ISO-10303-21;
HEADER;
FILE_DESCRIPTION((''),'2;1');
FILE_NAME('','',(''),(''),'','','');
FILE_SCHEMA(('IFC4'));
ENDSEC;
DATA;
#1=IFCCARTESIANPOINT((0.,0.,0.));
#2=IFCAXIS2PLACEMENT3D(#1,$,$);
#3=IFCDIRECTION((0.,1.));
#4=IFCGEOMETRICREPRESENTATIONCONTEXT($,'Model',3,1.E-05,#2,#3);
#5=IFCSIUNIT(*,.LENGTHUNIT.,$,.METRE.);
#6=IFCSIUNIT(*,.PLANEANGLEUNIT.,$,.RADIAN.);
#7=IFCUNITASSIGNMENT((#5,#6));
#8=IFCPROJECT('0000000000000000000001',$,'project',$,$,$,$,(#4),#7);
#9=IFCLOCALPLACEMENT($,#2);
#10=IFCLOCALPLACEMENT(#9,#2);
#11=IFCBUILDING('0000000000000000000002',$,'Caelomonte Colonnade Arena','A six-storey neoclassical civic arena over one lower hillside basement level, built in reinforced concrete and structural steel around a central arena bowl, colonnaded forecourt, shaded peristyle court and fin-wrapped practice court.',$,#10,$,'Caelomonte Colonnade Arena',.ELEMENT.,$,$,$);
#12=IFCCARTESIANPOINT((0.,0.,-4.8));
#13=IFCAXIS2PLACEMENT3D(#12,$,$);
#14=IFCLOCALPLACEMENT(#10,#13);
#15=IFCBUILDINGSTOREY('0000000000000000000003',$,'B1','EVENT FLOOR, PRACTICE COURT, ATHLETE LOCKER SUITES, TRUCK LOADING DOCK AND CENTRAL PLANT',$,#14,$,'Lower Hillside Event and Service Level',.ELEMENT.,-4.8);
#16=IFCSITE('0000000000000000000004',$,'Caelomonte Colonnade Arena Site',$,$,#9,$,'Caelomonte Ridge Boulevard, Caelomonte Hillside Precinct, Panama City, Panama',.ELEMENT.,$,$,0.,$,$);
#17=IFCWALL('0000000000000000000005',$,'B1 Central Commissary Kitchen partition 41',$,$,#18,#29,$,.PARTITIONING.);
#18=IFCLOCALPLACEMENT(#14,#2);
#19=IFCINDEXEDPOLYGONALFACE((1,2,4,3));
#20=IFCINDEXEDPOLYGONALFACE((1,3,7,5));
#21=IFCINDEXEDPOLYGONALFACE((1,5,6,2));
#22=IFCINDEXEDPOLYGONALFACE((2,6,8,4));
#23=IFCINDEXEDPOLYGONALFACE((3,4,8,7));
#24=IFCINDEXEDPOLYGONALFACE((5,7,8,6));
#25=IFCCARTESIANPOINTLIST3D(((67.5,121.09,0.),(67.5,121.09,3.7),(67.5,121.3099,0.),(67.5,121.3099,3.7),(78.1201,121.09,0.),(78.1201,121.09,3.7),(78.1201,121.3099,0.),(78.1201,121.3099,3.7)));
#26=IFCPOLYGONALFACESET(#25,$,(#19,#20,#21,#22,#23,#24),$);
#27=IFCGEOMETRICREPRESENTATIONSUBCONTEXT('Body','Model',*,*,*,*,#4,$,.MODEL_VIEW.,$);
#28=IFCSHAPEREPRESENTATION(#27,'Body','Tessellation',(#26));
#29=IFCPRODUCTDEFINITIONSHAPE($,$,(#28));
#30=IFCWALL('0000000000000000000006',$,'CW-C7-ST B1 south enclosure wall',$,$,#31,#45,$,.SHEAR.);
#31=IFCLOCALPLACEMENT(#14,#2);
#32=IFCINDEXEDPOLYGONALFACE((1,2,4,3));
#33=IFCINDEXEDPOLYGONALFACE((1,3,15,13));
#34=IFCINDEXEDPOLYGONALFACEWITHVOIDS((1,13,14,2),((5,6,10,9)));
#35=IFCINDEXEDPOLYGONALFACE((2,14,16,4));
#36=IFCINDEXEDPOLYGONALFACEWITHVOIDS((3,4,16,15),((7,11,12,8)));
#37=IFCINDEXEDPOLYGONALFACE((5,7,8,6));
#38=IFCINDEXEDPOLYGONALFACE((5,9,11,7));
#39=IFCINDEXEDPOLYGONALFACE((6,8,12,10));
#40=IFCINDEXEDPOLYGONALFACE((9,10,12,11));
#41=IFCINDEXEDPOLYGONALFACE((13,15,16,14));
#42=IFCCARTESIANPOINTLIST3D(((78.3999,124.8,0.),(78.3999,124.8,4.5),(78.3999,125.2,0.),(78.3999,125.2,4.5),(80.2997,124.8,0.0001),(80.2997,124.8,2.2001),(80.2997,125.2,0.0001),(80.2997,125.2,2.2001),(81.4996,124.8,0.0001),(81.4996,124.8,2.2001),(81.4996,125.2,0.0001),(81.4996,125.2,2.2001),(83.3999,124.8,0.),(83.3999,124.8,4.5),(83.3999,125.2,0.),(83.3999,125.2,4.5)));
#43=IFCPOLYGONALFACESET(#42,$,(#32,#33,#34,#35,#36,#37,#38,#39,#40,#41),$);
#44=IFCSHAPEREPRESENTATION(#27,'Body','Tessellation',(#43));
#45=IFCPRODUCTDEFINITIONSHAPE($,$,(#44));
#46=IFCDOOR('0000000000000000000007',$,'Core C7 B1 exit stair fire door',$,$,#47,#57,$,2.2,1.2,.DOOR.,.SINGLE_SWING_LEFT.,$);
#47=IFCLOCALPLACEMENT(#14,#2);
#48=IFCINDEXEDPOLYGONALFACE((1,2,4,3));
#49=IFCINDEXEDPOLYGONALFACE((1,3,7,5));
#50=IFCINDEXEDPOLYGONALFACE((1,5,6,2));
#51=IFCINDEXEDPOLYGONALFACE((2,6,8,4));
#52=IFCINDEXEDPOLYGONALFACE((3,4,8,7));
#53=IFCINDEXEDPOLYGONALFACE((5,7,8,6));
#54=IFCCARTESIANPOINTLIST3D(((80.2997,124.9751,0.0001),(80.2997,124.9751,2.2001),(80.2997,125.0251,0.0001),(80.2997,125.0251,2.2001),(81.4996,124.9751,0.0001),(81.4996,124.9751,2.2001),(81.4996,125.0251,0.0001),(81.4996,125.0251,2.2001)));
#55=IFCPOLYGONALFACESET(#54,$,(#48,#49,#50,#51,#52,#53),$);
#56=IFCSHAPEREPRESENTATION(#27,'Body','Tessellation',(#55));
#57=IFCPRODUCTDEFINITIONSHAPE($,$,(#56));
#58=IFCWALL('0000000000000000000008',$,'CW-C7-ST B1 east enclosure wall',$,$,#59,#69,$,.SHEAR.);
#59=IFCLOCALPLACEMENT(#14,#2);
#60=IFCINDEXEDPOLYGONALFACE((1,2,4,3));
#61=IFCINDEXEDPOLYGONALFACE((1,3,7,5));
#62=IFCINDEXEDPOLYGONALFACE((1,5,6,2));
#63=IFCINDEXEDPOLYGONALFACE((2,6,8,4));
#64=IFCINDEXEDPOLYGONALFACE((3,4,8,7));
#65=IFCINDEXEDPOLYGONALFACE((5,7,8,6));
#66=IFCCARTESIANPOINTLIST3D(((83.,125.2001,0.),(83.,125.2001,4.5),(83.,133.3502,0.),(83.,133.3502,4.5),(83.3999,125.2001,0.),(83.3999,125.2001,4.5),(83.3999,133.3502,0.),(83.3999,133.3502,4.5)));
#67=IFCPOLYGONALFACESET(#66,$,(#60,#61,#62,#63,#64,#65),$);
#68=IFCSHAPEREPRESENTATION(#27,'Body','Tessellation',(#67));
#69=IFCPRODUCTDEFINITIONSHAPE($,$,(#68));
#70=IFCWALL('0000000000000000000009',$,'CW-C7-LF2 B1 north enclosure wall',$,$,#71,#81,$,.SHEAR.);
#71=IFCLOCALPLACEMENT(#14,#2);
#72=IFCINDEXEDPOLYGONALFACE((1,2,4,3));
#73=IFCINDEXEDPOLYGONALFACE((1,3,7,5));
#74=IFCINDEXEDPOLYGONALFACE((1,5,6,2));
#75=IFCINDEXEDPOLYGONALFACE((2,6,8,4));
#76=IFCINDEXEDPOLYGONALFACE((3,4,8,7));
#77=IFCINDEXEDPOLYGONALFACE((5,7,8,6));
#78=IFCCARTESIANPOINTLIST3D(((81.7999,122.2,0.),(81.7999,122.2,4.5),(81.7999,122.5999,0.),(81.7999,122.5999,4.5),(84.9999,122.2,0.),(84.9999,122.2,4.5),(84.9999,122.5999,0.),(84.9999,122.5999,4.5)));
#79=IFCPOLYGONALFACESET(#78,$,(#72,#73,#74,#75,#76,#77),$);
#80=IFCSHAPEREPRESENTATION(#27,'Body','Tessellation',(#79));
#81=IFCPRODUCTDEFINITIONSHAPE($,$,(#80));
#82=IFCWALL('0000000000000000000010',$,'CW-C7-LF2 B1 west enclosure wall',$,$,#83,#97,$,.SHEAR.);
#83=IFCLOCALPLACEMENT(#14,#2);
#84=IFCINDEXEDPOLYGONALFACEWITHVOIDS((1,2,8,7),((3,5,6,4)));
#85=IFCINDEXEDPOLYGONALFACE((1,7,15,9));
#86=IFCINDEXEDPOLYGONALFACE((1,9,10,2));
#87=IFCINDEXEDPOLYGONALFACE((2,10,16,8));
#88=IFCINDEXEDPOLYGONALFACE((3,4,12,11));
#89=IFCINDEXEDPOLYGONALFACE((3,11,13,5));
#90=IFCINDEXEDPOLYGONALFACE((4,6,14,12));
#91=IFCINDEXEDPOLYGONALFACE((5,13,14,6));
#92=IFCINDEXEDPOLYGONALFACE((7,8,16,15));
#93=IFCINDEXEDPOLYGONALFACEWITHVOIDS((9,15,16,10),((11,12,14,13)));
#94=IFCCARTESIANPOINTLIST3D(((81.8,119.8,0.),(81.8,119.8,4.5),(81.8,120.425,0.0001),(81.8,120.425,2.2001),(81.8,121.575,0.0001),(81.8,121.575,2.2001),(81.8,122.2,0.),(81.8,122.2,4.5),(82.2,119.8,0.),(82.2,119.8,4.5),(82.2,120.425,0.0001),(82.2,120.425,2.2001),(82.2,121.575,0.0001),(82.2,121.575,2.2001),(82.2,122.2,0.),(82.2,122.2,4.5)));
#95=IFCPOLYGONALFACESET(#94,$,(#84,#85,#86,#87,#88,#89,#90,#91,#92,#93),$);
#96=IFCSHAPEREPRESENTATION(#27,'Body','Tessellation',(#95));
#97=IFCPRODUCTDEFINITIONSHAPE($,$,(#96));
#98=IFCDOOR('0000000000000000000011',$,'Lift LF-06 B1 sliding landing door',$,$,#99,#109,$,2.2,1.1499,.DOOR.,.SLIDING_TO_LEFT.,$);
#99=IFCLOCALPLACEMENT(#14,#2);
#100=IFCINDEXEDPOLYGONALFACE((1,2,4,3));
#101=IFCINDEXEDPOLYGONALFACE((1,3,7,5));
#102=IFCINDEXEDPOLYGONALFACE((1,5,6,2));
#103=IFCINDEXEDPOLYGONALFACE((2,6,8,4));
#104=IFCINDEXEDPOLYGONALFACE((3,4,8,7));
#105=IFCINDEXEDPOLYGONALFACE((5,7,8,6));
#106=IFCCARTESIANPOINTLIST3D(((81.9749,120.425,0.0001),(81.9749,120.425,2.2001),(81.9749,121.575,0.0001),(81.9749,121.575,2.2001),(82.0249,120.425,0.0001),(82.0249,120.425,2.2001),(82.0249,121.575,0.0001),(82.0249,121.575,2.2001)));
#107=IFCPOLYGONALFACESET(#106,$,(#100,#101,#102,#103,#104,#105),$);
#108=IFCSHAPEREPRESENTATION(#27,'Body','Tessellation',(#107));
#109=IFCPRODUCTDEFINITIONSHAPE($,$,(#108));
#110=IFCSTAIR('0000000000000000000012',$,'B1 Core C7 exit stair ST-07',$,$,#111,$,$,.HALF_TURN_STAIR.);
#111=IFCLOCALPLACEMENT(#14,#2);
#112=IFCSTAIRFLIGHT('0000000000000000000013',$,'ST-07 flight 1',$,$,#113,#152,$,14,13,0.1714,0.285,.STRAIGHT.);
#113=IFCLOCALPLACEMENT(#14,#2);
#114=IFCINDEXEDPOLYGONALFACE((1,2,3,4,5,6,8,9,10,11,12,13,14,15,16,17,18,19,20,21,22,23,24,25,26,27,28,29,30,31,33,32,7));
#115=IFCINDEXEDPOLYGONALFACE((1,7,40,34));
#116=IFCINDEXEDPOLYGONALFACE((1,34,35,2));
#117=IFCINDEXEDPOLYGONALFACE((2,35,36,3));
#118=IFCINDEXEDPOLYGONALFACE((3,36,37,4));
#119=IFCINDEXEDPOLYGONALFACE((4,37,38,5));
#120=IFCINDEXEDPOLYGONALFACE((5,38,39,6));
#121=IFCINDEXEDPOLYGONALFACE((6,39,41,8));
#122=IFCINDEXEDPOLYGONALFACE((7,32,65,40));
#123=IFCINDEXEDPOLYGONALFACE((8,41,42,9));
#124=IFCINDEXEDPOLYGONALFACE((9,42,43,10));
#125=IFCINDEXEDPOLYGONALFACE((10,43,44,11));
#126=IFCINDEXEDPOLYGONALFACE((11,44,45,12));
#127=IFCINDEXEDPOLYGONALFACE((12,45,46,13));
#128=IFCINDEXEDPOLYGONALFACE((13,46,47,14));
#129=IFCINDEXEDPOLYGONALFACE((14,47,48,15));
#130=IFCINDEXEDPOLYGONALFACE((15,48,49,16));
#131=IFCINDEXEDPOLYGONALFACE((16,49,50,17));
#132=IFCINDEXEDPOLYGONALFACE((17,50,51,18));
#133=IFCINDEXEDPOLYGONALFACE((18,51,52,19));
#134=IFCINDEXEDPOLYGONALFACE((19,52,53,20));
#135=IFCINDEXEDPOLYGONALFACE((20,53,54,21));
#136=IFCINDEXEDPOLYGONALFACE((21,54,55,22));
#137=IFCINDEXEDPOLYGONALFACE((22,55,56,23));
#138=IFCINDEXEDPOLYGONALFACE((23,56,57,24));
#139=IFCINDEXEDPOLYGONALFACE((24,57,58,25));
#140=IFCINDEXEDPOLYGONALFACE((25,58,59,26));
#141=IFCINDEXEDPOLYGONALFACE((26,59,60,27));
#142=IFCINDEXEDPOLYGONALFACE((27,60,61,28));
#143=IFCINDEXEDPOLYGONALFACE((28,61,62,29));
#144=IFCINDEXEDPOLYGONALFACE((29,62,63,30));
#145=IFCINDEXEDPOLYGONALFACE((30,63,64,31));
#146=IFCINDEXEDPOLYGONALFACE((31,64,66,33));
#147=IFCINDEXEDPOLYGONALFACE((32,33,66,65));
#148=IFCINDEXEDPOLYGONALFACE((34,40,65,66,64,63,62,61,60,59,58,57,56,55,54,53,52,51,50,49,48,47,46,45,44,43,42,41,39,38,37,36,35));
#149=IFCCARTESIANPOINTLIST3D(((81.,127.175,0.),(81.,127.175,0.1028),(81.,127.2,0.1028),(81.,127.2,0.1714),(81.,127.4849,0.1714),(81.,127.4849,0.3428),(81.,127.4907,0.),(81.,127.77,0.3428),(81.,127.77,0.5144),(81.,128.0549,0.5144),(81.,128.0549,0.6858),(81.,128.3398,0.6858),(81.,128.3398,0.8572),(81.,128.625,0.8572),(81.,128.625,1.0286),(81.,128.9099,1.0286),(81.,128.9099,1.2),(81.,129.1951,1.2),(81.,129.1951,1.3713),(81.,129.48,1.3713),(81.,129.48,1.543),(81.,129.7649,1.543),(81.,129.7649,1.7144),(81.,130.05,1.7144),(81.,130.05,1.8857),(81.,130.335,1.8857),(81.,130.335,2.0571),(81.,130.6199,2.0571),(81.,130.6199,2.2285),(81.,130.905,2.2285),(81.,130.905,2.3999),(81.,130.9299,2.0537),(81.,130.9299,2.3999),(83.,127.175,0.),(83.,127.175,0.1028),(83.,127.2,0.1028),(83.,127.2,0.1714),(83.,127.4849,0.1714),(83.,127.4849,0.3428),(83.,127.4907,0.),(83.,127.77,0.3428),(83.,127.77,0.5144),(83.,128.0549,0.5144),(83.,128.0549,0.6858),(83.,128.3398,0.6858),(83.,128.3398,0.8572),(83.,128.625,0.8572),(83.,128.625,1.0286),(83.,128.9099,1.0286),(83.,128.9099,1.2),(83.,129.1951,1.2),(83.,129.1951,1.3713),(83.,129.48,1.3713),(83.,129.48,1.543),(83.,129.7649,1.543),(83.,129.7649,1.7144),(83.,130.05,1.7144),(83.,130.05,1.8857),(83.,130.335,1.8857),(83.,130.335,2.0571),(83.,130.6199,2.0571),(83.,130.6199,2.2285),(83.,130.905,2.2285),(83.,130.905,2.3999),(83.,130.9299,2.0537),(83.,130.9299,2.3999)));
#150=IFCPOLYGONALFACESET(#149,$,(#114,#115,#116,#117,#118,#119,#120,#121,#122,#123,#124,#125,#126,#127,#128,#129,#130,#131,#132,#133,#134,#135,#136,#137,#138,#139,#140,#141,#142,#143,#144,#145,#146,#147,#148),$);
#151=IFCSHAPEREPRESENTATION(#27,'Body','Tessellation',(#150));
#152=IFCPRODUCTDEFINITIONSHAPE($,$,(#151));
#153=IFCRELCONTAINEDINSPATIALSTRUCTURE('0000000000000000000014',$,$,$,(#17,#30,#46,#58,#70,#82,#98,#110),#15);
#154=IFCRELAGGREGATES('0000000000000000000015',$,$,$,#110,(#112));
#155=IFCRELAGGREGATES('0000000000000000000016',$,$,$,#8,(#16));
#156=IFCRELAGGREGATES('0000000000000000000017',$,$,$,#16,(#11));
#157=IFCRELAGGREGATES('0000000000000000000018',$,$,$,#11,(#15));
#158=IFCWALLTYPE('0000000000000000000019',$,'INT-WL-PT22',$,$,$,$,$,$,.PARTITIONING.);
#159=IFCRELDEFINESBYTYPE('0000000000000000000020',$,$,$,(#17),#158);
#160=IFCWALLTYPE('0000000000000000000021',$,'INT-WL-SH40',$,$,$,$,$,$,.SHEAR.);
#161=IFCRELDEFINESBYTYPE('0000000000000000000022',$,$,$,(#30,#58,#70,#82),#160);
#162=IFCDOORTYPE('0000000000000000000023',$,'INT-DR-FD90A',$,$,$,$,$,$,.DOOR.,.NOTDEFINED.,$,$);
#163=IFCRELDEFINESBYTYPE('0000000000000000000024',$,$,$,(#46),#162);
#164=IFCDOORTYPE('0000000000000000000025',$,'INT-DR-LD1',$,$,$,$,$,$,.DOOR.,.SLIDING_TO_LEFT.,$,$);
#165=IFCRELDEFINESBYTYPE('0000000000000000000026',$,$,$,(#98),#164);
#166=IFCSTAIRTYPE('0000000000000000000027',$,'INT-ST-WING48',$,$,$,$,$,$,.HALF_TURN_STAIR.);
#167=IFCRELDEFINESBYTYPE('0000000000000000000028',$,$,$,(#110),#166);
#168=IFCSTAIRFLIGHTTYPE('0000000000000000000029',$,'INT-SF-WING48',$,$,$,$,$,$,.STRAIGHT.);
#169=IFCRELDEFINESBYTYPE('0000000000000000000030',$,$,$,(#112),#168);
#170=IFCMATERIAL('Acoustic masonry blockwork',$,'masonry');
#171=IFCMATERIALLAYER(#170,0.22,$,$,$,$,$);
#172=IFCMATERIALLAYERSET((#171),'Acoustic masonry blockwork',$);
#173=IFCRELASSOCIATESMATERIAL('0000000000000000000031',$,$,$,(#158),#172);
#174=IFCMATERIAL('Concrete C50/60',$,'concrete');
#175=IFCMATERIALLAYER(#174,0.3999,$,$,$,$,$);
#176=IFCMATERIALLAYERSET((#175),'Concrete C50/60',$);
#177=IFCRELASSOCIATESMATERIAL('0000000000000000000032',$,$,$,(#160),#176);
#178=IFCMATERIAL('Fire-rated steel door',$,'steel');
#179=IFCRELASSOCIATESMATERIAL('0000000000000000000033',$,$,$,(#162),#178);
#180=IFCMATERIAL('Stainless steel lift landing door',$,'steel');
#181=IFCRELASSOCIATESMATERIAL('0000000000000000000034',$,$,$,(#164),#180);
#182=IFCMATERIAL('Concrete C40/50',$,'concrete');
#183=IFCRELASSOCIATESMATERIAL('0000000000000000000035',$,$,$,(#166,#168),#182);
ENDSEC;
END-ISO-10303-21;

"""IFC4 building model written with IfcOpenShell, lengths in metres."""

from ifc_helpers import new_model, si_unit, direction, frame, frame_2d, origin, place, context, subcontext, project, spatial, polyline, rectangle, outline, extrude, material, layer, layer_set, type_object, element, fill, aggregate, save


model = new_model("IFC4")

# Units and contexts
model_context = context("Model", 3, precision=1e-05, world=origin(), true_north=direction((0.0, 1.0)))
body_context = subcontext(model_context, "Body", "Model", "MODEL_VIEW")
ifc_project = project(units=[si_unit("LENGTHUNIT", "METRE"), si_unit("PLANEANGLEUNIT", "RADIAN")], contexts=[model_context])

# Site, building, storey
site_placement = place(None, origin())
site = spatial("IfcSite", under=ifc_project, at=site_placement, Name="Caelomonte Colonnade Arena Site", LongName="Caelomonte Ridge Boulevard, Caelomonte Hillside Precinct, Panama City, Panama", CompositionType="ELEMENT", RefElevation=0.0)
building_placement = place(site_placement, origin())
building = spatial("IfcBuilding", under=site, at=building_placement, Name="Caelomonte Colonnade Arena", Description="A six-storey neoclassical civic arena over one lower hillside basement level, built in reinforced concrete and structural steel around a central arena bowl, colonnaded forecourt, shaded peristyle court and fin-wrapped practice court.", LongName="Caelomonte Colonnade Arena", CompositionType="ELEMENT")
storey_placement = place(building_placement, frame((0.0, 0.0, -4.8)))
storey = spatial("IfcBuildingStorey", under=building, at=storey_placement, Name="B1", Description="EVENT FLOOR, PRACTICE COURT, ATHLETE LOCKER SUITES, TRUCK LOADING DOCK AND CENTRAL PLANT", LongName="Lower Hillside Event and Service Level", CompositionType="ELEMENT", Elevation=-4.8)

# Shared definitions
ifc_material_1 = material(Name="Concrete C40/50", Category="concrete")

# Wall
ifc_material_2 = material(Name="Acoustic masonry blockwork", Category="masonry")
ifc_layer_1 = layer(ifc_material_2, 0.22)
ifc_layer_set_1 = layer_set([ifc_layer_1], Name="Acoustic masonry blockwork")
wall_type_1 = type_object("IfcWallType", Name="INT-WL-PT22", PredefinedType="PARTITIONING", material=ifc_layer_set_1)
wall_1_placement = place(storey_placement, frame((78.1201, 121.2, 0.0), z_axis=(0.0, 0.0, 1.0), x_axis=(-1.0, 0.0, 0.0)))
element("IfcWall", 1, at=wall_1_placement, inside=storey, type_object=wall_type_1, Name="B1 Central Commissary Kitchen partition 41", PredefinedType="PARTITIONING", context=body_context, shape_type="SweptSolid", body=[
    extrude(rectangle(XDim=10.6201, YDim=0.22, at=frame_2d((5.3101, 0.0))), origin(), (0.0, 0.0, 1.0), 3.7),
])

# Wall, opening, door
ifc_material_3 = material(Name="Concrete C50/60", Category="concrete")
ifc_layer_2 = layer(ifc_material_3, 0.3999)
ifc_layer_set_2 = layer_set([ifc_layer_2], Name="Concrete C50/60")
wall_type_2 = type_object("IfcWallType", Name="INT-WL-SH40", PredefinedType="SHEAR", material=ifc_layer_set_2)
wall_2_placement = place(storey_placement, frame((78.3999, 125.0, 0.0), z_axis=(0.0, 0.0, 1.0), x_axis=(1.0, 0.0, 0.0)))
wall_2 = element("IfcWall", 2, at=wall_2_placement, inside=storey, type_object=wall_type_2, Name="CW-C7-ST B1 south enclosure wall", PredefinedType="SHEAR", context=body_context, shape_type="SweptSolid", body=[
    extrude(rectangle(XDim=5.0, YDim=0.3999, at=frame_2d((2.5, 0.0))), origin(), (0.0, 0.0, 1.0), 4.5),
])
opening_1_placement = place(wall_2_placement, frame((3.0999, 0.0, 0.0), z_axis=(0.0, 0.0, 1.0), x_axis=(-1.0, 0.0, 0.0)))
opening_1 = element("IfcOpeningElement", 3, at=opening_1_placement, cuts=wall_2, PredefinedType="OPENING", context=body_context, shape_type="SweptSolid", body=[
    extrude(rectangle(XDim=1.2, YDim=2.2, at=frame_2d((0.6001, 1.1001))), frame((0.0, 0.21, 0.0), z_axis=(0.0, -1.0, 0.0), x_axis=(1.0, 0.0, 0.0)), (0.0, 0.0, 1.0), 0.4199),
])
ifc_material_4 = material(Name="Fire-rated steel door", Category="steel")
door_type_1 = type_object("IfcDoorType", Name="INT-DR-FD90A", OperationType="NOTDEFINED", PredefinedType="DOOR", material=ifc_material_4)
door_1_placement = place(opening_1_placement, origin())
door_1 = element("IfcDoor", 4, at=door_1_placement, inside=storey, type_object=door_type_1, Name="Core C7 B1 exit stair fire door", OperationType="SINGLE_SWING_LEFT", OverallHeight=2.2, OverallWidth=1.2, PredefinedType="DOOR", context=body_context, shape_type="SweptSolid", body=[
    extrude(rectangle(XDim=1.2, YDim=2.2, at=frame_2d((0.6001, 1.1001))), frame((0.0, 0.0249, 0.0), z_axis=(0.0, -1.0, 0.0), x_axis=(1.0, 0.0, 0.0)), (0.0, 0.0, 1.0), 0.05),
])
fill(opening_1, door_1)

# Walls
wall_3_placement = place(storey_placement, frame((83.2, 125.2, 0.0), z_axis=(0.0, 0.0, 1.0), x_axis=(0.0, 1.0, 0.0)))
element("IfcWall", 5, at=wall_3_placement, inside=storey, type_object=wall_type_2, Name="CW-C7-ST B1 east enclosure wall", PredefinedType="SHEAR", context=body_context, shape_type="SweptSolid", body=[
    extrude(rectangle(XDim=8.1501, YDim=0.3999, at=frame_2d((4.0752, 0.0))), origin(), (0.0, 0.0, 1.0), 4.5),
])
wall_4_placement = place(storey_placement, frame((85.0, 122.3999, 0.0), z_axis=(0.0, 0.0, 1.0), x_axis=(-1.0, 0.0, 0.0)))
element("IfcWall", 6, at=wall_4_placement, inside=storey, type_object=wall_type_2, Name="CW-C7-LF2 B1 north enclosure wall", PredefinedType="SHEAR", context=body_context, shape_type="SweptSolid", body=[
    extrude(rectangle(XDim=3.2, YDim=0.3999, at=frame_2d((1.6001, 0.0))), origin(), (0.0, 0.0, 1.0), 4.5),
])

# Wall, opening, door
wall_5_placement = place(storey_placement, frame((82.0, 122.2, 0.0), z_axis=(0.0, 0.0, 1.0), x_axis=(0.0, -1.0, 0.0)))
wall_5 = element("IfcWall", 7, at=wall_5_placement, inside=storey, type_object=wall_type_2, Name="CW-C7-LF2 B1 west enclosure wall", PredefinedType="SHEAR", context=body_context, shape_type="SweptSolid", body=[
    extrude(rectangle(XDim=2.3999, YDim=0.3999, at=frame_2d((1.2, 0.0))), origin(), (0.0, 0.0, 1.0), 4.5),
])
opening_2_placement = place(wall_5_placement, frame((0.625, 0.0, 0.0), z_axis=(0.0, 0.0, 1.0), x_axis=(1.0, 0.0, 0.0)))
opening_2 = element("IfcOpeningElement", 8, at=opening_2_placement, cuts=wall_5, PredefinedType="OPENING", context=body_context, shape_type="SweptSolid", body=[
    extrude(rectangle(XDim=1.1499, YDim=2.2, at=frame_2d((0.575, 1.1001))), frame((0.0, 0.21, 0.0), z_axis=(0.0, -1.0, 0.0), x_axis=(1.0, 0.0, 0.0)), (0.0, 0.0, 1.0), 0.4199),
])
ifc_material_5 = material(Name="Stainless steel lift landing door", Category="steel")
door_type_2 = type_object("IfcDoorType", Name="INT-DR-LD1", OperationType="SLIDING_TO_LEFT", PredefinedType="DOOR", material=ifc_material_5)
door_2_placement = place(opening_2_placement, origin())
door_2 = element("IfcDoor", 9, at=door_2_placement, inside=storey, type_object=door_type_2, Name="Lift LF-06 B1 sliding landing door", OperationType="SLIDING_TO_LEFT", OverallHeight=2.2, OverallWidth=1.1499, PredefinedType="DOOR", context=body_context, shape_type="SweptSolid", body=[
    extrude(rectangle(XDim=1.1499, YDim=2.2, at=frame_2d((0.575, 1.1001))), frame((0.0, 0.0249, 0.0), z_axis=(0.0, -1.0, 0.0), x_axis=(1.0, 0.0, 0.0)), (0.0, 0.0, 1.0), 0.05),
])
fill(opening_2, door_2)

# Stair, stair flight
stair_type = type_object("IfcStairType", Name="INT-ST-WING48", PredefinedType="HALF_TURN_STAIR", material=ifc_material_1)
stair_placement = place(storey_placement, origin())
stair = element("IfcStair", 10, at=stair_placement, inside=storey, type_object=stair_type, Name="B1 Core C7 exit stair ST-07", PredefinedType="HALF_TURN_STAIR")
stair_flight_type = type_object("IfcStairFlightType", Name="INT-SF-WING48", PredefinedType="STRAIGHT", material=ifc_material_1)
stair_flight_placement = place(storey_placement, frame((82.0, 127.2, 0.0), z_axis=(0.0, 0.0, 1.0), x_axis=(0.0, 1.0, 0.0)))
stair_flight = element("IfcStairFlight", 11, at=stair_flight_placement, type_object=stair_flight_type, Name="ST-07 flight 1", NumberOfRisers=14, NumberOfTreads=13, PredefinedType="STRAIGHT", RiserHeight=0.1714, TreadLength=0.285, context=body_context, shape_type="SweptSolid", body=[
    extrude(outline(polyline([(-0.0249, 0.0), (-0.0249, 0.1028), (0.0, 0.1028), (0.0, 0.1714), (0.2849, 0.1714), (0.2849, 0.3428), (0.5701, 0.3428), (0.5701, 0.5144), (0.855, 0.5144), (0.855, 0.6858), (1.1399, 0.6858), (1.1399, 0.8572), (1.425, 0.8572), (1.425, 1.0286), (1.71, 1.0286), (1.71, 1.2), (1.9951, 1.2), (1.9951, 1.3713), (2.28, 1.3713), (2.28, 1.543), (2.5649, 1.543), (2.5649, 1.7144), (2.8501, 1.7144), (2.8501, 1.8857), (3.135, 1.8857), (3.135, 2.0571), (3.4199, 2.0571), (3.4199, 2.2285), (3.7051, 2.2285), (3.7051, 2.3999), (3.73, 2.3999), (3.73, 2.0537), (0.2908, 0.0), (-0.0249, 0.0)])), frame((0.0, 1.0, 0.0), z_axis=(0.0, -1.0, 0.0), x_axis=(1.0, 0.0, 0.0)), (0.0, 0.0, 1.0), 2.0),
])
aggregate(stair, [stair_flight])

save(model, "model.ifc")
